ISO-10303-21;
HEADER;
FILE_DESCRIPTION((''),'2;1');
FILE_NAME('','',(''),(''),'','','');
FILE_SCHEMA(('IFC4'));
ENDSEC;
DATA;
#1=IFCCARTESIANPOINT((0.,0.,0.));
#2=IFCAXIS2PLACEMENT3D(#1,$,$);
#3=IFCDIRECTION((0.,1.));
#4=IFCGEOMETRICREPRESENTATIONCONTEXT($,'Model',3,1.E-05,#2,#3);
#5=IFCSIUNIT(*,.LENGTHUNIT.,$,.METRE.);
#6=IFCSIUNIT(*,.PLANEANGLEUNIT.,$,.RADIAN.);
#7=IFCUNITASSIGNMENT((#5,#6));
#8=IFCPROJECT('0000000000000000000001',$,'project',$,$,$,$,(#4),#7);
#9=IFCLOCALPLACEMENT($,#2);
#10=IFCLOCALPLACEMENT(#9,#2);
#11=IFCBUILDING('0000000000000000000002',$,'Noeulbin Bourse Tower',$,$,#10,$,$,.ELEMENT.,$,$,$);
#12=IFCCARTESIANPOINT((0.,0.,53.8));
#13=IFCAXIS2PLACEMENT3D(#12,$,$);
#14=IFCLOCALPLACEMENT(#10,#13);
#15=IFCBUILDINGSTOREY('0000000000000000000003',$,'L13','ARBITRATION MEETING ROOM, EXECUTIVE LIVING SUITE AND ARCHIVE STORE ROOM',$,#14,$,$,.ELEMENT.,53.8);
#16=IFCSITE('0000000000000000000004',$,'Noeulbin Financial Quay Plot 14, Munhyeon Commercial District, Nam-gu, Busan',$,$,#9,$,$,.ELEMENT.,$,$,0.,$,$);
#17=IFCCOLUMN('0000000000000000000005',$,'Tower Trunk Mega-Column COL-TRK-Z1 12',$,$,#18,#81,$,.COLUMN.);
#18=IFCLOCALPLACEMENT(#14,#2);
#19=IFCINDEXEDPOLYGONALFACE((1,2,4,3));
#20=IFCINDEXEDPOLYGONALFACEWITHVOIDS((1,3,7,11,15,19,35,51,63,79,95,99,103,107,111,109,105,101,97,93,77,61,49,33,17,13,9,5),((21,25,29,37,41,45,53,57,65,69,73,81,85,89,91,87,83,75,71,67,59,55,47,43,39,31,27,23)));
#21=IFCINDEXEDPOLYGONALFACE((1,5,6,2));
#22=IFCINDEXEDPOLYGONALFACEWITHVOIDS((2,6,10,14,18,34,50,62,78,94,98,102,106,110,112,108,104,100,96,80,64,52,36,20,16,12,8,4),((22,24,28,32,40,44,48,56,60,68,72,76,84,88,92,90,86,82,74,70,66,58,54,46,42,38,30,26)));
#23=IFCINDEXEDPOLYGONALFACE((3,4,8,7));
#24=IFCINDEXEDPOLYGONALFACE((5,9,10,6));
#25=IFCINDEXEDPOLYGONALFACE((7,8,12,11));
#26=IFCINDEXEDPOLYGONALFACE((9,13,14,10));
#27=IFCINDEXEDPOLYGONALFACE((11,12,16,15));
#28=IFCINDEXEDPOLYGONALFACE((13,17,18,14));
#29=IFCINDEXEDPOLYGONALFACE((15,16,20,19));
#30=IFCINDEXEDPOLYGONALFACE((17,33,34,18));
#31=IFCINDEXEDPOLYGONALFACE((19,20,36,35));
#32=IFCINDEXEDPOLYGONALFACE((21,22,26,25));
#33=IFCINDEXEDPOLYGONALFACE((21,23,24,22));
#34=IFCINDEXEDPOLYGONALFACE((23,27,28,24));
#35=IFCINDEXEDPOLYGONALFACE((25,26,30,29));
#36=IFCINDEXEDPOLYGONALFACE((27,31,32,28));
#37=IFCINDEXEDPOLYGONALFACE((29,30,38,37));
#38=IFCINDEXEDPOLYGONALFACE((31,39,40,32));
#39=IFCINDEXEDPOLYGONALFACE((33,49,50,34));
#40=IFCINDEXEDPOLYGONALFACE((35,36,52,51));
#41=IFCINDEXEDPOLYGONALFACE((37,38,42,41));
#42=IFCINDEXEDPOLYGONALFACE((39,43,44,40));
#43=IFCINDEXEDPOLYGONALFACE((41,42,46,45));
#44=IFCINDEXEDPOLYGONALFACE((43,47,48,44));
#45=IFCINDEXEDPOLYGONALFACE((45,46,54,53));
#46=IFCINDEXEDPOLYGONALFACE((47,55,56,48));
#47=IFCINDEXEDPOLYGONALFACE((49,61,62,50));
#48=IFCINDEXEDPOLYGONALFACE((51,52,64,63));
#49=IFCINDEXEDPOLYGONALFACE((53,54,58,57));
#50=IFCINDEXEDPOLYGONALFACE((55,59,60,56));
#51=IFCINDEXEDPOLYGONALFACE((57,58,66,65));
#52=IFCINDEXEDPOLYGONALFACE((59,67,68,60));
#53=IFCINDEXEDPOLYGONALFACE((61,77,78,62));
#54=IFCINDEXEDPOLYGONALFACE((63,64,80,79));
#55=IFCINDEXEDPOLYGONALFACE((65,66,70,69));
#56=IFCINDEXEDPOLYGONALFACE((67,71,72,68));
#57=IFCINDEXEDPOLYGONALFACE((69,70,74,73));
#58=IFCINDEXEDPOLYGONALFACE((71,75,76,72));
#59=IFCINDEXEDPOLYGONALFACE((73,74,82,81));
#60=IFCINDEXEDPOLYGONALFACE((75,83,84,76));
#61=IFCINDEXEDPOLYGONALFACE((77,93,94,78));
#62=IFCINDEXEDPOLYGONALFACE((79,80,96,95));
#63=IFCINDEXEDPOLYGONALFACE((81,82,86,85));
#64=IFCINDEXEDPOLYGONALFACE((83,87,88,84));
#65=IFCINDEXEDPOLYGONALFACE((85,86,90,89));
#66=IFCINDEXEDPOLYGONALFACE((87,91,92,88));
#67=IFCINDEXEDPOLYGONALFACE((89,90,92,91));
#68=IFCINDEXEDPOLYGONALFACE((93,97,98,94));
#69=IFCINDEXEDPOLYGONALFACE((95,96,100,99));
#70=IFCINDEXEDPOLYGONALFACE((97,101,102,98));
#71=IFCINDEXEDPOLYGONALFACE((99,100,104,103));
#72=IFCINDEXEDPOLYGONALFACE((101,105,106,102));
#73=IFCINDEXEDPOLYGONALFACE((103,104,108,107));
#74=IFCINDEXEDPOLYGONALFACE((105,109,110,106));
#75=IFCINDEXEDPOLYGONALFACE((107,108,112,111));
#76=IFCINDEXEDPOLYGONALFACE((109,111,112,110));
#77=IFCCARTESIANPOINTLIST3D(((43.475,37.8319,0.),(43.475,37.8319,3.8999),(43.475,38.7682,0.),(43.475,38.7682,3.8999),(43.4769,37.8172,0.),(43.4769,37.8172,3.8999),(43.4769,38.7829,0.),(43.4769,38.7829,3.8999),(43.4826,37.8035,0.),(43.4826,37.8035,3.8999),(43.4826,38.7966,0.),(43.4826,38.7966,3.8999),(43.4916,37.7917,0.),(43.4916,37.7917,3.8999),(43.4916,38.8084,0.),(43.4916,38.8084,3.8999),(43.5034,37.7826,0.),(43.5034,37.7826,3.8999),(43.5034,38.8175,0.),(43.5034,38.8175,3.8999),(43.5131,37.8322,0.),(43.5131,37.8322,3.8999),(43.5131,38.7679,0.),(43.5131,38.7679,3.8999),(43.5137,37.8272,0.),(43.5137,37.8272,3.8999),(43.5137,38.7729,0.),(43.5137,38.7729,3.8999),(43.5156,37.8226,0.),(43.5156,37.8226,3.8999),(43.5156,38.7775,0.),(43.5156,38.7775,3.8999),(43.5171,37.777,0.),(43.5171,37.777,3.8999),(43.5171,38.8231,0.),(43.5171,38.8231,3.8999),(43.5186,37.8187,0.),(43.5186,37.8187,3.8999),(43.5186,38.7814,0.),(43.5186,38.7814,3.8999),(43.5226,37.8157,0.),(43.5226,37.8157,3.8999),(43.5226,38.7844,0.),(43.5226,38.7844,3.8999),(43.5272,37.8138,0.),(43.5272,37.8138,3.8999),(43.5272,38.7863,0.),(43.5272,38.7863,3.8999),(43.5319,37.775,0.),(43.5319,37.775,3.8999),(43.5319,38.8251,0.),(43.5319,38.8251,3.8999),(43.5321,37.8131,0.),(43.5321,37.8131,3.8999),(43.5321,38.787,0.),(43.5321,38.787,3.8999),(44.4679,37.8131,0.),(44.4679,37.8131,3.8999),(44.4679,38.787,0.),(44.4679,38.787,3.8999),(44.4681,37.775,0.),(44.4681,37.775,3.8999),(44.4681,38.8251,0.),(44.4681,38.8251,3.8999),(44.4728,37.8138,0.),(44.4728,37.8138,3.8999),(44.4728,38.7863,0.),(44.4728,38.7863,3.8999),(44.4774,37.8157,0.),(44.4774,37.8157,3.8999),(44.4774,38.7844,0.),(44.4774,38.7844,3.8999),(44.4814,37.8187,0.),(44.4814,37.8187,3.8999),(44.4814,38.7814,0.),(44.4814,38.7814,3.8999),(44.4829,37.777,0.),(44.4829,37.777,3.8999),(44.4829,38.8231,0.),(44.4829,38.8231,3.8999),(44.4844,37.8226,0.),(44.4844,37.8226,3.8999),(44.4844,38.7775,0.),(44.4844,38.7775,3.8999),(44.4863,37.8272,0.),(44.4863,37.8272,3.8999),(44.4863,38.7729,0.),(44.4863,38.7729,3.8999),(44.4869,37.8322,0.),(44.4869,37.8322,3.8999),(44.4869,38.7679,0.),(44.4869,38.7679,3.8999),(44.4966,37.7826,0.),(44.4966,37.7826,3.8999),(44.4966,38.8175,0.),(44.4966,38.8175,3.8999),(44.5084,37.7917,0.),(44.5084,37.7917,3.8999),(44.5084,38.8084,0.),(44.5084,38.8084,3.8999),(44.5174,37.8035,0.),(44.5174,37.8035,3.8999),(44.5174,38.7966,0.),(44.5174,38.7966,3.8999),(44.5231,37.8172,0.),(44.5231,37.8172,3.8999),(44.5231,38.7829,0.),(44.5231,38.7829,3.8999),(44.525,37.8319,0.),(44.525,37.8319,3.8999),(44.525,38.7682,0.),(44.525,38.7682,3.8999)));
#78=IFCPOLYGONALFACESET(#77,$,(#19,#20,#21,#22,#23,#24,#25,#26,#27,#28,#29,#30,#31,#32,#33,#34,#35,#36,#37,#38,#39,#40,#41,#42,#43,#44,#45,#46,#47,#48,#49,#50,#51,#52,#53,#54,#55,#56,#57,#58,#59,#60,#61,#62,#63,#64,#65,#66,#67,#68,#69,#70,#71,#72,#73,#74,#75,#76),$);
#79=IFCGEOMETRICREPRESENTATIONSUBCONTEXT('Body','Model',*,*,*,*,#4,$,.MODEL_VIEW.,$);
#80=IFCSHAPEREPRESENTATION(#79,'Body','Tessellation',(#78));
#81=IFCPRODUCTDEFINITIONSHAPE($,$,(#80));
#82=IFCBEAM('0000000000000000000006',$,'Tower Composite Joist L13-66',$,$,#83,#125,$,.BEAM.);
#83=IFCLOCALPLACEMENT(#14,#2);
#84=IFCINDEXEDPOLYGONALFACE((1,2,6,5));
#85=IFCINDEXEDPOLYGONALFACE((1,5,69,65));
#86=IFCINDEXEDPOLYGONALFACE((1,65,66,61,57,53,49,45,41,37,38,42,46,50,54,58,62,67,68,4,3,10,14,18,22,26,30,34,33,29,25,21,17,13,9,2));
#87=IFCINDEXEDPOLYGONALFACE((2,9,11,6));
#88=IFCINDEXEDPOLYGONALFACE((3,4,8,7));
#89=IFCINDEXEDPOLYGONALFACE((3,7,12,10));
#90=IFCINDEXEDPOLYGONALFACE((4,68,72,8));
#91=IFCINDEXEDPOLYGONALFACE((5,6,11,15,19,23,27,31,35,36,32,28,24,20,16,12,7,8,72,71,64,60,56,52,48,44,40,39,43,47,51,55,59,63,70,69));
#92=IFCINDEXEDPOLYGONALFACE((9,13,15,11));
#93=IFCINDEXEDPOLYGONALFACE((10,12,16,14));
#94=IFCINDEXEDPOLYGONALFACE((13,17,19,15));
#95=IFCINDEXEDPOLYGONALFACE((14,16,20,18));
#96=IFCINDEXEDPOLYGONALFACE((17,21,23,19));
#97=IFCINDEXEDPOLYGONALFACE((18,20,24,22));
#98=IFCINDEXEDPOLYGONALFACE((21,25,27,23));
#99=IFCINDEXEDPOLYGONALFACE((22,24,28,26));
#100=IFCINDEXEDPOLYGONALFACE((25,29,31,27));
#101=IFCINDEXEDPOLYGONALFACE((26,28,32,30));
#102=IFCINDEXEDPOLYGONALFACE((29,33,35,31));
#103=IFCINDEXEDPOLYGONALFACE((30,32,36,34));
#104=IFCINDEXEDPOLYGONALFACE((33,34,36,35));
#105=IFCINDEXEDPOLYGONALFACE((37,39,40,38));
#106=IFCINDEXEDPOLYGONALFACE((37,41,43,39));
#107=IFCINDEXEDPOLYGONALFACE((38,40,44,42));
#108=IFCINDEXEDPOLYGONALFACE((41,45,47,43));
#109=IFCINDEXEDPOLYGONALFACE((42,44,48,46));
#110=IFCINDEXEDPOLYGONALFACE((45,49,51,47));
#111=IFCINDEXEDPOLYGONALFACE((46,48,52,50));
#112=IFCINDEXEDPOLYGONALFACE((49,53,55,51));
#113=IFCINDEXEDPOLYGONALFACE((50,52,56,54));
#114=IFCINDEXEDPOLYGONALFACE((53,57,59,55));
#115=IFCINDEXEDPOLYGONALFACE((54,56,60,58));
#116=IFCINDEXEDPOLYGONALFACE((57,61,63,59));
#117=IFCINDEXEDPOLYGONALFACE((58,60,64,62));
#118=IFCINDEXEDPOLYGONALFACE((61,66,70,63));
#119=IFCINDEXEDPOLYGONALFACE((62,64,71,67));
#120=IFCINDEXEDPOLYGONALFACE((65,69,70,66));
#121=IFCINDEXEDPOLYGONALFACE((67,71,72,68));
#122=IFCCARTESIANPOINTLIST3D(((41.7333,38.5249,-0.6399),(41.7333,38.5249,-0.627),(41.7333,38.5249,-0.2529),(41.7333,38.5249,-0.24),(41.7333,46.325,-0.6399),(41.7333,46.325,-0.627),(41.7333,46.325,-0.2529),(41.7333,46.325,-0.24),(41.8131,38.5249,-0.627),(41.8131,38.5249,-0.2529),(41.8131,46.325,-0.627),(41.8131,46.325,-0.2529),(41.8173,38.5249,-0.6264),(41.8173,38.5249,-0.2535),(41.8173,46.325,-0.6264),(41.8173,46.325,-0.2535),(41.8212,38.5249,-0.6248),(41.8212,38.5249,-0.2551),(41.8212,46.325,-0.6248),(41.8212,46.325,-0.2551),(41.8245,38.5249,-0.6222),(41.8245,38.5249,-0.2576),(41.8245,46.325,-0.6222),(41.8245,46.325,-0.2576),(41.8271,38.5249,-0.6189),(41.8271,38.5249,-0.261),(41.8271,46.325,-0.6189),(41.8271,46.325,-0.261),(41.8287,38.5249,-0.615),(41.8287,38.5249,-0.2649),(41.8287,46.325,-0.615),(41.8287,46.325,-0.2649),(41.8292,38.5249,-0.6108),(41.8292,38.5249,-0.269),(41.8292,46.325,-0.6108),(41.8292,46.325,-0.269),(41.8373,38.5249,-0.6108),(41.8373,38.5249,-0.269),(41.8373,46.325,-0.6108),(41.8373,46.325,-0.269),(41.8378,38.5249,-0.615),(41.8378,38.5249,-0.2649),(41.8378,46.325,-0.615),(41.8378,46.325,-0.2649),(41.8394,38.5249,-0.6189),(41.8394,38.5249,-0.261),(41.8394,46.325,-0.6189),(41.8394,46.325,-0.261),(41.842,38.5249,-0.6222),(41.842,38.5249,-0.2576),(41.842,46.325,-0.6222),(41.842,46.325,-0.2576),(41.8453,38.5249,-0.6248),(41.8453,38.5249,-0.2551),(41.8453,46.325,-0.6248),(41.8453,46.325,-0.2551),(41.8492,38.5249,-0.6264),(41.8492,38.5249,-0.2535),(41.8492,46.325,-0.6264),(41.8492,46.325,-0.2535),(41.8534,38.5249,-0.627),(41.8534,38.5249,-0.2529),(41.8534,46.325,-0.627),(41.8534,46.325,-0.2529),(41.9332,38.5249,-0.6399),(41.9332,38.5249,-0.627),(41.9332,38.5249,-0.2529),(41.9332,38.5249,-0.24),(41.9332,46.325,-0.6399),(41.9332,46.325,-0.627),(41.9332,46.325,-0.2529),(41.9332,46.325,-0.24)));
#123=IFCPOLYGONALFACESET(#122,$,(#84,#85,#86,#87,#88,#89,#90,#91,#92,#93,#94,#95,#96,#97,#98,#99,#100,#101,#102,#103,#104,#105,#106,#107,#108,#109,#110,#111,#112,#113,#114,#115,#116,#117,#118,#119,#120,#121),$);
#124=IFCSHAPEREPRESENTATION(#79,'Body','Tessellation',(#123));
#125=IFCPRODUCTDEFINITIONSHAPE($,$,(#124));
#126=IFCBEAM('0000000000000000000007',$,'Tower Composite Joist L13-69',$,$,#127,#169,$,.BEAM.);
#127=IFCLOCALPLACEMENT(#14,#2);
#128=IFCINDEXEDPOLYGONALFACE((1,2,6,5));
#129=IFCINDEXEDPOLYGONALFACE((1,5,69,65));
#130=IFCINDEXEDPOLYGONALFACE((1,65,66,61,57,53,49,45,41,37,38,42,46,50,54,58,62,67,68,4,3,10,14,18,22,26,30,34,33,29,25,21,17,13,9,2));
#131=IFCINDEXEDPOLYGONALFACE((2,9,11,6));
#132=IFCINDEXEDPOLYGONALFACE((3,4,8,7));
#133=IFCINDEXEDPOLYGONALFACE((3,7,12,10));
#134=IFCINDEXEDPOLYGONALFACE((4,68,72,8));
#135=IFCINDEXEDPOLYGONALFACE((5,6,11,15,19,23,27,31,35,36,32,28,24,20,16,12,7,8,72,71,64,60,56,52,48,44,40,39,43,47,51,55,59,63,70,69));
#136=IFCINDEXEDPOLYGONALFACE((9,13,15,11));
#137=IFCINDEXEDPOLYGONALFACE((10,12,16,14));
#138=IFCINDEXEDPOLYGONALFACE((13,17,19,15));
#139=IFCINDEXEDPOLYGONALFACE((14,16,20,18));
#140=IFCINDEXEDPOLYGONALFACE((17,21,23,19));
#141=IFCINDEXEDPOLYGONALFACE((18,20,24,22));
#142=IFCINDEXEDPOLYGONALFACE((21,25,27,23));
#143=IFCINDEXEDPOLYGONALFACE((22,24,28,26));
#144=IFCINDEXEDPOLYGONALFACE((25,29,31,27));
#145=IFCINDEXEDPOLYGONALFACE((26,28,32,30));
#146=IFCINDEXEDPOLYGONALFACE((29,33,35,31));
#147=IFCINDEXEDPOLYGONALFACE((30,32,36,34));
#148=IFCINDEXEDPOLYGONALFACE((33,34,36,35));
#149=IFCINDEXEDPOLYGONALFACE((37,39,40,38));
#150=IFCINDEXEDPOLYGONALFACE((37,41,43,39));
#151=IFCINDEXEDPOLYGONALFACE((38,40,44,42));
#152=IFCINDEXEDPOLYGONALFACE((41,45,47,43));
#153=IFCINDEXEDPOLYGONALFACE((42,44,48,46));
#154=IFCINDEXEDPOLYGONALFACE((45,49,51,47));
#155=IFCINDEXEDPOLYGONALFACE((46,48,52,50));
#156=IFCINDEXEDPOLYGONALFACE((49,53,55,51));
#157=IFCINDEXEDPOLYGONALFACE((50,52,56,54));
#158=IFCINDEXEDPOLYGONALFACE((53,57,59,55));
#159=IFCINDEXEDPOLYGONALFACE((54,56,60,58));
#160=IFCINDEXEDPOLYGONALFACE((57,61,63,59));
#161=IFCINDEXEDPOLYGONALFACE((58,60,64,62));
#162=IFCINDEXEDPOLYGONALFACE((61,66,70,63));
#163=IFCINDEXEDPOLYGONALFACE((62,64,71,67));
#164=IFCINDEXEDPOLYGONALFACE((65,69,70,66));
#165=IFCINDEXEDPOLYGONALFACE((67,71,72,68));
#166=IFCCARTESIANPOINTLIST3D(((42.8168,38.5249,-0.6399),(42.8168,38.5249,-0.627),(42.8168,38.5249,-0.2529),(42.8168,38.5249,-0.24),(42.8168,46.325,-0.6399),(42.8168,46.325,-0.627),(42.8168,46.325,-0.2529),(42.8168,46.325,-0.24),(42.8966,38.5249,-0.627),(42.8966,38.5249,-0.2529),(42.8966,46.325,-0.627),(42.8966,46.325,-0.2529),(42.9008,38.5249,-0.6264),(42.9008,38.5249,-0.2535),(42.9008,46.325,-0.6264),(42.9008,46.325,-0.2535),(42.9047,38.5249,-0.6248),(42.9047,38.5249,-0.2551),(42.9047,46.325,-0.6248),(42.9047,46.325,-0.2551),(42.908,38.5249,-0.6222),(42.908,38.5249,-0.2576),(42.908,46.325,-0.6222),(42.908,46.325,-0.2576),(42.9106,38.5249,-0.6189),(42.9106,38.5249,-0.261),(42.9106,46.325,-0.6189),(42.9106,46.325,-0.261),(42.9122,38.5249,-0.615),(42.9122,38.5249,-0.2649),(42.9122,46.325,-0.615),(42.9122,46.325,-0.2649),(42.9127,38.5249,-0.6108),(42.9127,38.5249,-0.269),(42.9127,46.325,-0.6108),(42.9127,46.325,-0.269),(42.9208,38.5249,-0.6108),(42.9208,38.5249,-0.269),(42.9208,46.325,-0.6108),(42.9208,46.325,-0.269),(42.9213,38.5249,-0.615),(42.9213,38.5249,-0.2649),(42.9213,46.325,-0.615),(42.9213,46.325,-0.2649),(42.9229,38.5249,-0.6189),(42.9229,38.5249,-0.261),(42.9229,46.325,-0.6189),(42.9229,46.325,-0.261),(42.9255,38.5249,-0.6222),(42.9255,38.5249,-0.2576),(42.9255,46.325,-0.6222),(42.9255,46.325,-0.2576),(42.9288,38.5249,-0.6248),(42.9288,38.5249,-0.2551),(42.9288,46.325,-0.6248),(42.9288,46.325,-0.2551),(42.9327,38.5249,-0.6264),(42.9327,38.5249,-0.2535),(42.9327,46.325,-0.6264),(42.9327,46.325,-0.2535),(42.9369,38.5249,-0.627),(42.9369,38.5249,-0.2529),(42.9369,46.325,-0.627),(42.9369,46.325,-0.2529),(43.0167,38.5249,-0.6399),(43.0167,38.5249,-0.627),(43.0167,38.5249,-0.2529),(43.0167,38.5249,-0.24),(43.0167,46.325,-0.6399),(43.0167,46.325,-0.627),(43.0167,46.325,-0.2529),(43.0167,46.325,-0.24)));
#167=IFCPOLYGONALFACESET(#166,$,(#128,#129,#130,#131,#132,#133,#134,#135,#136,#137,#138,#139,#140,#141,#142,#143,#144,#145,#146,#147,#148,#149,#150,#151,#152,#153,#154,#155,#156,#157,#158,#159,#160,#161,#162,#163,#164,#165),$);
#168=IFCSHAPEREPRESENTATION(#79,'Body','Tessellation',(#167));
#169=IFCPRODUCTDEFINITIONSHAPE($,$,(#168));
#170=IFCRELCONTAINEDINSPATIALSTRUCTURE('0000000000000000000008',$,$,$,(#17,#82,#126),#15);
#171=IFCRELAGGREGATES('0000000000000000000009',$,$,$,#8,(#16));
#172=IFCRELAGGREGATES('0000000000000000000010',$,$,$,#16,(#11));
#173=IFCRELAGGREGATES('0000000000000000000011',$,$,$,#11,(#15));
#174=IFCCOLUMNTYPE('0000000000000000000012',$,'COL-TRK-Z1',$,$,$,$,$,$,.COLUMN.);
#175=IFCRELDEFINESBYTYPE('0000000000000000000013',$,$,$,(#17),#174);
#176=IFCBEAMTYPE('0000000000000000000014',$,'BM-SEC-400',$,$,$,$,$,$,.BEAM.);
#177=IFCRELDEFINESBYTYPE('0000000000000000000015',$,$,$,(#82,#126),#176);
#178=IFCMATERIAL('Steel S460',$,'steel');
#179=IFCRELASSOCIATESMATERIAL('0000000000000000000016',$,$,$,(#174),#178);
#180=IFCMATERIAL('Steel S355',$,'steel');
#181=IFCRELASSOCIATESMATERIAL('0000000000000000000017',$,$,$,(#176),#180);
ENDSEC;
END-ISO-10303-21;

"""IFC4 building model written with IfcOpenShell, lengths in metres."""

from ifc_helpers import new_model, si_unit, direction, frame, origin, origin_2d, place, context, subcontext, project, spatial, hollow_rectangle, i_section, extrude, material, material_profile, profile_set, type_object, element, save


model = new_model("IFC4")

# Units and contexts
model_context = context("Model", 3, precision=1e-05, world=origin(), true_north=direction((0.0, 1.0)))
body_context = subcontext(model_context, "Body", "Model", "MODEL_VIEW")
ifc_project = project(units=[si_unit("LENGTHUNIT", "METRE"), si_unit("PLANEANGLEUNIT", "RADIAN")], contexts=[model_context])

# Site, building, storey
site_placement = place(None, origin())
site = spatial("IfcSite", under=ifc_project, at=site_placement, Name="Noeulbin Financial Quay Plot 14, Munhyeon Commercial District, Nam-gu, Busan", CompositionType="ELEMENT", RefElevation=0.0)
building_placement = place(site_placement, origin())
building = spatial("IfcBuilding", under=site, at=building_placement, Name="Noeulbin Bourse Tower", CompositionType="ELEMENT")
storey_placement = place(building_placement, frame((0.0, 0.0, 53.8)))
storey = spatial("IfcBuildingStorey", under=building, at=storey_placement, Name="L13", Description="ARBITRATION MEETING ROOM, EXECUTIVE LIVING SUITE AND ARCHIVE STORE ROOM", CompositionType="ELEMENT", Elevation=53.8)

# Column
ifc_material_1 = material(Name="Steel S460", Category="steel")
ifc_material_profile_1 = material_profile(ifc_material_1, hollow_rectangle(XDim=1.05, YDim=1.05, WallThickness=0.0381, InnerFilletRadius=0.019, OuterFilletRadius=0.0569, at=origin_2d()), Name="BOX-1050x1050x38", Category="LoadBearing")
ifc_profile_set_1 = profile_set([ifc_material_profile_1], Name="Steel S460")
column_type_1 = type_object("IfcColumnType", Name="COL-TRK-Z1", PredefinedType="COLUMN", material=ifc_profile_set_1)
column_placement = place(storey_placement, frame((44.0, 38.3, 0.0), z_axis=(0.0, 0.0, 1.0), x_axis=(1.0, 0.0, 0.0)))
element("IfcColumn", 1, at=column_placement, inside=storey, type_object=column_type_1, Name="Tower Trunk Mega-Column COL-TRK-Z1 12", PredefinedType="COLUMN", context=body_context, shape_type="SweptSolid", body=[
    extrude(hollow_rectangle(XDim=1.05, YDim=1.05, WallThickness=0.0381, InnerFilletRadius=0.019, OuterFilletRadius=0.0569, at=origin_2d()), origin(), (0.0, 0.0, 1.0), 3.8999),
])

# Beams
ifc_material_2 = material(Name="Steel S355", Category="steel")
ifc_material_profile_2 = material_profile(ifc_material_2, i_section(OverallWidth=0.2, OverallDepth=0.3999, WebThickness=0.0081, FlangeThickness=0.0129, FilletRadius=0.0161, at=origin_2d()), Name="H-400x200x8x13", Category="LoadBearing")
ifc_profile_set_2 = profile_set([ifc_material_profile_2], Name="Steel S355")
beam_type_1 = type_object("IfcBeamType", Name="BM-SEC-400", PredefinedType="BEAM", material=ifc_profile_set_2)
for number, where, z_axis, x_axis, name in (
    (2, (41.8333, 38.5249, -0.4399), (0.0, 1.0, 0.0), (-1.0, 0.0, 0.0), "Tower Composite Joist L13-66"),
    (3, (42.9167, 38.5249, -0.4399), (0.0, 1.0, 0.0), (-1.0, 0.0, 0.0), "Tower Composite Joist L13-69"),
):
    element("IfcBeam", number, at=place(storey_placement, frame(where, z_axis=z_axis, x_axis=x_axis)), inside=storey, type_object=beam_type_1, Name=name, PredefinedType="BEAM", context=body_context, shape_type="SweptSolid", body=[
        extrude(i_section(OverallWidth=0.2, OverallDepth=0.3999, WebThickness=0.0081, FlangeThickness=0.0129, FilletRadius=0.0161, at=origin_2d()), origin(), (0.0, 0.0, 1.0), 7.8),
    ])

save(model, "model.ifc")
